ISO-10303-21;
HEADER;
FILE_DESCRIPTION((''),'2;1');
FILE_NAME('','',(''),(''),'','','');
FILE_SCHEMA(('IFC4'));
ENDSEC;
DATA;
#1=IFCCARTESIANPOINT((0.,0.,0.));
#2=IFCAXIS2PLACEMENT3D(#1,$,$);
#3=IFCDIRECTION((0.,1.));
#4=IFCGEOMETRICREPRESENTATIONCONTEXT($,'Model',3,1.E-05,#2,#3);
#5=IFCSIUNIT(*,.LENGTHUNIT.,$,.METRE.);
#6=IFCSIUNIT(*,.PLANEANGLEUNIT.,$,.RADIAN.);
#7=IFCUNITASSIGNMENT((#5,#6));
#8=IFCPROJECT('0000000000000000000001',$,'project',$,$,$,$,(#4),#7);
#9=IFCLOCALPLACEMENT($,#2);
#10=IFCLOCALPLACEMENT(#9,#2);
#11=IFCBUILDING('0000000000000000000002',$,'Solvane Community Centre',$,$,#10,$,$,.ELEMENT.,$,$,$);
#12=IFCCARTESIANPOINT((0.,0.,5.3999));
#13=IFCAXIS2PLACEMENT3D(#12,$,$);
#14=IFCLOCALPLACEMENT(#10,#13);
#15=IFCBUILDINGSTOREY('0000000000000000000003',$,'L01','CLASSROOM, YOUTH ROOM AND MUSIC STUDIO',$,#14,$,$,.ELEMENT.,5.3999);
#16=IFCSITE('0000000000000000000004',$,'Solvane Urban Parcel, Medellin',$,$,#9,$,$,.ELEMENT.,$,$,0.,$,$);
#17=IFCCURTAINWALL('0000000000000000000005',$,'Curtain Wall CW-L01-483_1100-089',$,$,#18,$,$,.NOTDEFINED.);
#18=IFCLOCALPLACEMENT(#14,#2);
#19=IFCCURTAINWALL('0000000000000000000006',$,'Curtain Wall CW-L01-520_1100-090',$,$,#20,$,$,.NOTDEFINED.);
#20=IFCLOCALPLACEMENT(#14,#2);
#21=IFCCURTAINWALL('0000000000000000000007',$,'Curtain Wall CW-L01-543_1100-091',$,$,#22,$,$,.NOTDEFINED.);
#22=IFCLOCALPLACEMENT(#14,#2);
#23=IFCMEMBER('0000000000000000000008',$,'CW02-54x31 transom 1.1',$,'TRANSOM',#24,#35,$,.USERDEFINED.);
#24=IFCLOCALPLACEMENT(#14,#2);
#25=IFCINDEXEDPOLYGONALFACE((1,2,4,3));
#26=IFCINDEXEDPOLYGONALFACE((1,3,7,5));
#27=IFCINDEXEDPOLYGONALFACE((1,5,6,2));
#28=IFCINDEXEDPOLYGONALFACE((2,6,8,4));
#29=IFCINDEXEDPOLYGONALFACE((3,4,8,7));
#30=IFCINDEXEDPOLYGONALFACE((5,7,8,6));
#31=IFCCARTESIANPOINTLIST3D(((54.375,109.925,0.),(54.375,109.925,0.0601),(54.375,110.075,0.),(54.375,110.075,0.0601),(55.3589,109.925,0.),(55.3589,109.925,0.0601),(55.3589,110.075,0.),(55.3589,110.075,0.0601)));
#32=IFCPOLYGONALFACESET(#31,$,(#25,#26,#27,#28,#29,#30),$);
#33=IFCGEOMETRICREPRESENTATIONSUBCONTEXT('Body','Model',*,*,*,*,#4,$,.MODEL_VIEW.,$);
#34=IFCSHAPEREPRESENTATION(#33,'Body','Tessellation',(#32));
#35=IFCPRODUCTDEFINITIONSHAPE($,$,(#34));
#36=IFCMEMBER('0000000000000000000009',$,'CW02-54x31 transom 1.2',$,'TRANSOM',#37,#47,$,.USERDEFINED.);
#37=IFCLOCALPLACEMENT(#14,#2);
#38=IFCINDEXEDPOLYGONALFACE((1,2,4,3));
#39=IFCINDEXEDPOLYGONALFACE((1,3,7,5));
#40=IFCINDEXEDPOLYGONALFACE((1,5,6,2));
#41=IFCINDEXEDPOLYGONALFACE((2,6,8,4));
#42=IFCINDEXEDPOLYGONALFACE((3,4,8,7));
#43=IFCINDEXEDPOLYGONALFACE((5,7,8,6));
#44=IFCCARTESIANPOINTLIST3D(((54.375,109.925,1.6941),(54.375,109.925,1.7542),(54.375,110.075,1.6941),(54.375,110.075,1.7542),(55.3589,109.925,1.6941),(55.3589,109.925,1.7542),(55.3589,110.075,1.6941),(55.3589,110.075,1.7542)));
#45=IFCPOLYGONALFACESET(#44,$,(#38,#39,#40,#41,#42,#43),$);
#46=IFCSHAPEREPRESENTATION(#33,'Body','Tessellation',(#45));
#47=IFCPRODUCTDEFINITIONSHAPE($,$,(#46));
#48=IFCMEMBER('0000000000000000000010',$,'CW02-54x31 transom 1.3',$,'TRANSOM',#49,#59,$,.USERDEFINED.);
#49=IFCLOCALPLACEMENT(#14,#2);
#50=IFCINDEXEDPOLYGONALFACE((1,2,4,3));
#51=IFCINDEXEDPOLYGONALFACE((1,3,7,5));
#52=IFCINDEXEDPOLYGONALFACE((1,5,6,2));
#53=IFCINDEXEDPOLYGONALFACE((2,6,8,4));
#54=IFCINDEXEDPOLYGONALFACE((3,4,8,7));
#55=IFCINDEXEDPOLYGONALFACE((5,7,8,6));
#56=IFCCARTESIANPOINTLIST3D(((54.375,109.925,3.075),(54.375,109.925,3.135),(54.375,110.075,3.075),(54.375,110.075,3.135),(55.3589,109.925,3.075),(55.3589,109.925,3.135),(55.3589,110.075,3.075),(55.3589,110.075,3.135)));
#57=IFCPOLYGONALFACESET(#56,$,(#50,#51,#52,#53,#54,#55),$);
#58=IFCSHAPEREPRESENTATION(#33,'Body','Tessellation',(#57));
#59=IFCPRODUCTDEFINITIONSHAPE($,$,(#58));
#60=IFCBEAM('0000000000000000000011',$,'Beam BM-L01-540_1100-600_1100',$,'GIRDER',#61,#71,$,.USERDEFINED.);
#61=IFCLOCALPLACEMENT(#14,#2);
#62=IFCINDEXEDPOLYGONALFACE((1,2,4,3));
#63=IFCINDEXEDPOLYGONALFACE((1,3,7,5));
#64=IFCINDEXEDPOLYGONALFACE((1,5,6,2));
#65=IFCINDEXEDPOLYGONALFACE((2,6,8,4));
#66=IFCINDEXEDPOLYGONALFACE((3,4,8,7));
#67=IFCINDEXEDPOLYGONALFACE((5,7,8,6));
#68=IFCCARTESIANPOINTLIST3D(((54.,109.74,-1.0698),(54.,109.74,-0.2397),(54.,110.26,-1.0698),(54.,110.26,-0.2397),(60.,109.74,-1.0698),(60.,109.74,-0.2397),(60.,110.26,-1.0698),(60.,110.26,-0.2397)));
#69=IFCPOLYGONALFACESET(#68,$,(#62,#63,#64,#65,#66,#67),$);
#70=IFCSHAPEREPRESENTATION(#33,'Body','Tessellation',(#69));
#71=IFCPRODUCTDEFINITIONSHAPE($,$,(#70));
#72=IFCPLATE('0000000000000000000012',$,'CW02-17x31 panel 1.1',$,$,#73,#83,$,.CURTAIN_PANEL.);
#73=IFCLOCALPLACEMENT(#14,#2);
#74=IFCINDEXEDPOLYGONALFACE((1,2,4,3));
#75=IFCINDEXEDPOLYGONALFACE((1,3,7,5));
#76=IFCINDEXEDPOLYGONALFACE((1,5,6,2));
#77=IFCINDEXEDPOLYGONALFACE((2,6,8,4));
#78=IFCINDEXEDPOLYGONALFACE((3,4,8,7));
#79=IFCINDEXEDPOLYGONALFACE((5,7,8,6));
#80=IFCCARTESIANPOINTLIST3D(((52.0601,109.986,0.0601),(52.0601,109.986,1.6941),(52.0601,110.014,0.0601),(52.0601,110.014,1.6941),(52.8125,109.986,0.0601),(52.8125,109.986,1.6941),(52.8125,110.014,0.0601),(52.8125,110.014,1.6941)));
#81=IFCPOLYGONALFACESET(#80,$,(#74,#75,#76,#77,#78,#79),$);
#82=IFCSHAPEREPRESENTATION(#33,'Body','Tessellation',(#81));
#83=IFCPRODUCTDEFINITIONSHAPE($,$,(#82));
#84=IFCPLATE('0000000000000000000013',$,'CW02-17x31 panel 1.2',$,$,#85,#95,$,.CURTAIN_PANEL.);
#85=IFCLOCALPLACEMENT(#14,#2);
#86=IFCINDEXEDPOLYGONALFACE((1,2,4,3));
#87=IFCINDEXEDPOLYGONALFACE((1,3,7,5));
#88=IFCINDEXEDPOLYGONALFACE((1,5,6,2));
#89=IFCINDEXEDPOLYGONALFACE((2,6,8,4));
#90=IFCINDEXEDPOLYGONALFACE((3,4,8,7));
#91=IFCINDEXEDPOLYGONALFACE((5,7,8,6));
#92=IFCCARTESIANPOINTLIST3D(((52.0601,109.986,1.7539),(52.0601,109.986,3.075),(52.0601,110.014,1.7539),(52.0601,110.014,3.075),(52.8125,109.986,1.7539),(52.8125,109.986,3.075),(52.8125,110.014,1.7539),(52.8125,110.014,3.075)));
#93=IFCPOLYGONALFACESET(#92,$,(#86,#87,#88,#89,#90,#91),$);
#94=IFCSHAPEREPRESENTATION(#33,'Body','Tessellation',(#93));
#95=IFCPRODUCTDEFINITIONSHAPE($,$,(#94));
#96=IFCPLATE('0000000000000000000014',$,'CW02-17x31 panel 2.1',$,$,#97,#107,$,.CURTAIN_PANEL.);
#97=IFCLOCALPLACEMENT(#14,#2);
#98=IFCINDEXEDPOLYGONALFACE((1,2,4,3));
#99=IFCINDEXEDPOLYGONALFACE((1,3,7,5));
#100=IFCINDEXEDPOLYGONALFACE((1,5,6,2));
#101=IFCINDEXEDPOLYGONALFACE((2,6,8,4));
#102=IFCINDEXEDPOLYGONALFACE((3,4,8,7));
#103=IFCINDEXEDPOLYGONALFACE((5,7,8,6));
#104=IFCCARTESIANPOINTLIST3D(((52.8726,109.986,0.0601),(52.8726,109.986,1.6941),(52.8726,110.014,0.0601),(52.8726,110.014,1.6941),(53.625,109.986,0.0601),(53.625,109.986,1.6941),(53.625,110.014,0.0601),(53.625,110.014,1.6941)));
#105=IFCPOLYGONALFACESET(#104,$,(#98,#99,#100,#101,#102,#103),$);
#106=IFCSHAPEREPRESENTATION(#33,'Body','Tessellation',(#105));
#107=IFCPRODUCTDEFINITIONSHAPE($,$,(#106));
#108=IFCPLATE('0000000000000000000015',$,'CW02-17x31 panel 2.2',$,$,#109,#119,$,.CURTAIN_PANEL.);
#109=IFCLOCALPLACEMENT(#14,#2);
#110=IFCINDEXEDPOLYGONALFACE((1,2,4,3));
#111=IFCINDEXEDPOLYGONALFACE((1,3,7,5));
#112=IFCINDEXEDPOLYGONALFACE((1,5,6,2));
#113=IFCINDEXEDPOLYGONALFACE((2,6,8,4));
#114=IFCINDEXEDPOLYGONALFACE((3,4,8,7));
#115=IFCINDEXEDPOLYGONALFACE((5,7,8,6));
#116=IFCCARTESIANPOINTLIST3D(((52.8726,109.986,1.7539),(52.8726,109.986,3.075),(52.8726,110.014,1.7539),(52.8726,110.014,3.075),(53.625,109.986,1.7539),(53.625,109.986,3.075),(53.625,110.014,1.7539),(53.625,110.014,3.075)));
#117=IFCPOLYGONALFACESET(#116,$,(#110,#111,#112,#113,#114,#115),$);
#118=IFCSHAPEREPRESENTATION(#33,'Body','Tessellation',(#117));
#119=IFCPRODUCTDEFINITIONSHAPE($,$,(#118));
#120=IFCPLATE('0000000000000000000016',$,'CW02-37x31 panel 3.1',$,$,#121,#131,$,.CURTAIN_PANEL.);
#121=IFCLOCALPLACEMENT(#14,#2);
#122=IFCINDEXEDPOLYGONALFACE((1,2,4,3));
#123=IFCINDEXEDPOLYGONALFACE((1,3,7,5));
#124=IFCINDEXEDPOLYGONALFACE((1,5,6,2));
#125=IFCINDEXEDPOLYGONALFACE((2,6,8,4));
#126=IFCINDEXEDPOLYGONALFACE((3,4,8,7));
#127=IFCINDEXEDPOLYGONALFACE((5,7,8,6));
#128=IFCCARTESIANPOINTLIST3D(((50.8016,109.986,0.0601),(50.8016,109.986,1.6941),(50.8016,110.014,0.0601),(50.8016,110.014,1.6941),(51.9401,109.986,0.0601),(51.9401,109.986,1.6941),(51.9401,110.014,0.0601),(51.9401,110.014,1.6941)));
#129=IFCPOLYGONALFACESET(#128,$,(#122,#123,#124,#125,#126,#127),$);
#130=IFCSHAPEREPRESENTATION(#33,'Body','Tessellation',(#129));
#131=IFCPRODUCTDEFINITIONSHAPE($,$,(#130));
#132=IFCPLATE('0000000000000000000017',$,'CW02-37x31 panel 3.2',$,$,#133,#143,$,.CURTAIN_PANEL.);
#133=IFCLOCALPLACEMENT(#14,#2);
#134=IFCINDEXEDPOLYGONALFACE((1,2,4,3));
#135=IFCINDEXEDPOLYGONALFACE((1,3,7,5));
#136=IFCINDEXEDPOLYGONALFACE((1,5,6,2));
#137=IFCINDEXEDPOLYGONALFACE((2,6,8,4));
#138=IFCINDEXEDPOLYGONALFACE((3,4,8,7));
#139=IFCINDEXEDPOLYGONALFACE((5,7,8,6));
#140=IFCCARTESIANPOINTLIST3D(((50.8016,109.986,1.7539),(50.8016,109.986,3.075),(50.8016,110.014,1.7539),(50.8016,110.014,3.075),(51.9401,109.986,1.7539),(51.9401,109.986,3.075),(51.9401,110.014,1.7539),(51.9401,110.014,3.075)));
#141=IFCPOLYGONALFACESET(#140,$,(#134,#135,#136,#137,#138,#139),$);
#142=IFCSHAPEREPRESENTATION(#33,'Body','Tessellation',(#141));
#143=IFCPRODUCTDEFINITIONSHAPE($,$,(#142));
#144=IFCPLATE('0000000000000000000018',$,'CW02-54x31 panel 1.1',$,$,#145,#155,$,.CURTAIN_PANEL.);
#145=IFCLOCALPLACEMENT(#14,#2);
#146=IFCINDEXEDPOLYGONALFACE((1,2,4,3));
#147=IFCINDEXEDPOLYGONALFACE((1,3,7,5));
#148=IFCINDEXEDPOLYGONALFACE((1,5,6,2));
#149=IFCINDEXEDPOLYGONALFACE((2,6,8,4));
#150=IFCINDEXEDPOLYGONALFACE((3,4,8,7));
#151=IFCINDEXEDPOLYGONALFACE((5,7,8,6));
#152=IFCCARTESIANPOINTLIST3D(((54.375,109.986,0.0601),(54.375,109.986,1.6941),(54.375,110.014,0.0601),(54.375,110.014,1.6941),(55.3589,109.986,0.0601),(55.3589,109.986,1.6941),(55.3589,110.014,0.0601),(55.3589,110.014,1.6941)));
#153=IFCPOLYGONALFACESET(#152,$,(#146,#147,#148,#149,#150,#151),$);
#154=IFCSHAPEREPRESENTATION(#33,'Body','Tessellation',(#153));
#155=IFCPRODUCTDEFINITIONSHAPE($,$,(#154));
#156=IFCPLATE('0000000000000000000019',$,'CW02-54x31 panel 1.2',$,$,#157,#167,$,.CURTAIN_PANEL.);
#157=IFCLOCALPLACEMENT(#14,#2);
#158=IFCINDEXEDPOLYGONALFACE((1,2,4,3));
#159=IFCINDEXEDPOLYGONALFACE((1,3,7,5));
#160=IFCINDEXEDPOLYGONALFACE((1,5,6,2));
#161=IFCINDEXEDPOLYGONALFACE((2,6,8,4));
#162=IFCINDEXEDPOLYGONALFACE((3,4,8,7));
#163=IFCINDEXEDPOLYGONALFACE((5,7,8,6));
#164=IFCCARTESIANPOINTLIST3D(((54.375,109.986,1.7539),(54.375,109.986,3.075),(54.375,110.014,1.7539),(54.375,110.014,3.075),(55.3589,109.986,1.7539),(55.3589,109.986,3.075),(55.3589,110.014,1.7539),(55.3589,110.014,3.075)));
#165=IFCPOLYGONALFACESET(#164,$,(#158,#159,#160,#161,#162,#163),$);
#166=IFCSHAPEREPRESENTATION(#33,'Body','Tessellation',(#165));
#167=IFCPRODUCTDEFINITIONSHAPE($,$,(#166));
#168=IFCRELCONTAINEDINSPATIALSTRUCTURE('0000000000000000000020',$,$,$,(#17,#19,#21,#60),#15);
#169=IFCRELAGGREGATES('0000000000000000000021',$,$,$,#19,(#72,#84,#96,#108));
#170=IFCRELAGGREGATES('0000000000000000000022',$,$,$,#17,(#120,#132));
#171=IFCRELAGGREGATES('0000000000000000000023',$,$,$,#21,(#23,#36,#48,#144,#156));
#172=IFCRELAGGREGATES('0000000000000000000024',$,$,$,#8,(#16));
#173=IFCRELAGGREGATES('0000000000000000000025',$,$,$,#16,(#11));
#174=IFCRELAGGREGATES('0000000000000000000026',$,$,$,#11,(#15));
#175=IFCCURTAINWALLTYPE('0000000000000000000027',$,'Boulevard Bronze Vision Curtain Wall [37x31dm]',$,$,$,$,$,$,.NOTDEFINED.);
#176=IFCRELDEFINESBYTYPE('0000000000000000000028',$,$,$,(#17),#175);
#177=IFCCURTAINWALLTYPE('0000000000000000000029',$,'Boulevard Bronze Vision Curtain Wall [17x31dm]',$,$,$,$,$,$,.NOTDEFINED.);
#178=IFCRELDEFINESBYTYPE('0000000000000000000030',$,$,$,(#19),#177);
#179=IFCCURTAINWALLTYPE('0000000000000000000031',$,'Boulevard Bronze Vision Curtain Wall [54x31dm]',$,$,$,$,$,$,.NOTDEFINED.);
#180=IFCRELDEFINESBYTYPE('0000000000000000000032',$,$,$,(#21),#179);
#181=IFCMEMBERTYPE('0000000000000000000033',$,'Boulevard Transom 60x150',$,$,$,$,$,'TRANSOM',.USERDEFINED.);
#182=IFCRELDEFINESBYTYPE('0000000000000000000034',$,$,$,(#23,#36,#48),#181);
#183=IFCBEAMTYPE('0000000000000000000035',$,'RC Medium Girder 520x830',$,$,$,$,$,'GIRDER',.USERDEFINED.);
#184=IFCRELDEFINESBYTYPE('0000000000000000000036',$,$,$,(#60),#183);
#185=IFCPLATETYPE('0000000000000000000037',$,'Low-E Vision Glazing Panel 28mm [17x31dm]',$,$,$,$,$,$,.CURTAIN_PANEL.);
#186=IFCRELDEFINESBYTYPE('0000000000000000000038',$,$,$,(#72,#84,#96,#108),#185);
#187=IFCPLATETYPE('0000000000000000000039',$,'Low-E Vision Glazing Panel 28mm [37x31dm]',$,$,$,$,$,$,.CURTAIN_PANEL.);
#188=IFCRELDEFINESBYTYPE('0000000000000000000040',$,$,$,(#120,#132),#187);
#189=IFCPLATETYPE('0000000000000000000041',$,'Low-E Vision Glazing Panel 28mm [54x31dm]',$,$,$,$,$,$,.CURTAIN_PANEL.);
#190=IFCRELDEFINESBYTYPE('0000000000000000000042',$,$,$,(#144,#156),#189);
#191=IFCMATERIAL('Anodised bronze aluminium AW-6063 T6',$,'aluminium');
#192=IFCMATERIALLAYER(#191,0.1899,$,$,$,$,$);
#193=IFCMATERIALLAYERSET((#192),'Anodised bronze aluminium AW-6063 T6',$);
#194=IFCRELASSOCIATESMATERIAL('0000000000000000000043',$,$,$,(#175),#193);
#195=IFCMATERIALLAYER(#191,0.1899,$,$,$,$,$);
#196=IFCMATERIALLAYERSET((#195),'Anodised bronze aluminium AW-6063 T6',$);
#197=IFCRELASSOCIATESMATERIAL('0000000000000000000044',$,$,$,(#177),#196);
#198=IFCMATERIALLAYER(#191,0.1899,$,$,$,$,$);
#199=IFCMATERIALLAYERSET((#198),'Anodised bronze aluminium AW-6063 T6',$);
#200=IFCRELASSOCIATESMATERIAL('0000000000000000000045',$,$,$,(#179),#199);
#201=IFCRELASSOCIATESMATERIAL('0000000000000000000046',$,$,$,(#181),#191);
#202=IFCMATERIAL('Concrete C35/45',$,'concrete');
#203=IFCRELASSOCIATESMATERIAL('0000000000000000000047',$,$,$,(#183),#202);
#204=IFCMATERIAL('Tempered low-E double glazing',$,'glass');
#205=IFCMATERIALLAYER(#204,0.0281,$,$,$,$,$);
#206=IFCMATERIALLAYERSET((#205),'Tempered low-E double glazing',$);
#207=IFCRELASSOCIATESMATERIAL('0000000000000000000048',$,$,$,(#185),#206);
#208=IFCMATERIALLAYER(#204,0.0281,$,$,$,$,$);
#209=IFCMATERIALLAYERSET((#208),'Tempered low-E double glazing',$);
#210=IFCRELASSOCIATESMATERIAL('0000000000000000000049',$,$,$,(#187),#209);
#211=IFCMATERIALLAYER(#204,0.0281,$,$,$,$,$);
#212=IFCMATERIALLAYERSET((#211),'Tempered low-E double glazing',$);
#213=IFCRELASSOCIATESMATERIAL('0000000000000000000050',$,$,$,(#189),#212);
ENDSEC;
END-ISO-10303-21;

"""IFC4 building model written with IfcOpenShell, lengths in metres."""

from ifc_helpers import new_model, si_unit, direction, frame, origin, origin_2d, place, context, subcontext, project, spatial, rectangle, extrude, material, layer, layer_set, material_profile, profile_set, type_object, element, aggregate, save


model = new_model("IFC4")

# Units and contexts
model_context = context("Model", 3, precision=1e-05, world=origin(), true_north=direction((0.0, 1.0)))
body_context = subcontext(model_context, "Body", "Model", "MODEL_VIEW")
ifc_project = project(units=[si_unit("LENGTHUNIT", "METRE"), si_unit("PLANEANGLEUNIT", "RADIAN")], contexts=[model_context])

# Site, building, storey
site_placement = place(None, origin())
site = spatial("IfcSite", under=ifc_project, at=site_placement, Name="Solvane Urban Parcel, Medellin", CompositionType="ELEMENT", RefElevation=0.0)
building_placement = place(site_placement, origin())
building = spatial("IfcBuilding", under=site, at=building_placement, Name="Solvane Community Centre", CompositionType="ELEMENT")
storey_placement = place(building_placement, frame((0.0, 0.0, 5.3999)))
storey = spatial("IfcBuildingStorey", under=building, at=storey_placement, Name="L01", Description="CLASSROOM, YOUTH ROOM AND MUSIC STUDIO", CompositionType="ELEMENT", Elevation=5.3999)

# Shared definitions
ifc_material_1 = material(Name="Concrete C35/45", Category="concrete")

# Curtain wall
ifc_material_2 = material(Name="Anodised bronze aluminium AW-6063 T6", Category="aluminium")
ifc_layer_1 = layer(ifc_material_2, 0.1899)
ifc_layer_set_1 = layer_set([ifc_layer_1], Name="Anodised bronze aluminium AW-6063 T6")
curtain_wall_type_1 = type_object("IfcCurtainWallType", Name="Boulevard Bronze Vision Curtain Wall [37x31dm]", PredefinedType="NOTDEFINED", material=ifc_layer_set_1)
curtain_wall_1_placement = place(storey_placement, origin())
curtain_wall_1 = element("IfcCurtainWall", 1, at=curtain_wall_1_placement, inside=storey, type_object=curtain_wall_type_1, Name="Curtain Wall CW-L01-483_1100-089", PredefinedType="NOTDEFINED")

# Curtain walls
ifc_layer_2 = layer(ifc_material_2, 0.1899)
ifc_layer_set_2 = layer_set([ifc_layer_2], Name="Anodised bronze aluminium AW-6063 T6")
curtain_wall_type_2 = type_object("IfcCurtainWallType", Name="Boulevard Bronze Vision Curtain Wall [17x31dm]", PredefinedType="NOTDEFINED", material=ifc_layer_set_2)
curtain_wall_2_placement = place(storey_placement, origin())
curtain_wall_2 = element("IfcCurtainWall", 2, at=curtain_wall_2_placement, inside=storey, type_object=curtain_wall_type_2, Name="Curtain Wall CW-L01-520_1100-090", PredefinedType="NOTDEFINED")
ifc_layer_3 = layer(ifc_material_2, 0.1899)
ifc_layer_set_3 = layer_set([ifc_layer_3], Name="Anodised bronze aluminium AW-6063 T6")
curtain_wall_type_3 = type_object("IfcCurtainWallType", Name="Boulevard Bronze Vision Curtain Wall [54x31dm]", PredefinedType="NOTDEFINED", material=ifc_layer_set_3)
curtain_wall_3_placement = place(storey_placement, origin())
curtain_wall_3 = element("IfcCurtainWall", 3, at=curtain_wall_3_placement, inside=storey, type_object=curtain_wall_type_3, Name="Curtain Wall CW-L01-543_1100-091", PredefinedType="NOTDEFINED")

# Members
ifc_material_profile_1 = material_profile(ifc_material_2, rectangle(XDim=0.1499, YDim=0.0601, at=origin_2d()), Name="CW-T 60x150")
ifc_profile_set_1 = profile_set([ifc_material_profile_1], Name="Anodised bronze aluminium AW-6063 T6")
member_type_1 = type_object("IfcMemberType", Name="Boulevard Transom 60x150", ElementType="TRANSOM", PredefinedType="USERDEFINED", material=ifc_profile_set_1)
member_1_placement = place(storey_placement, frame((54.375, 110.0, 0.03), z_axis=(1.0, 0.0, 0.0), x_axis=(0.0, 1.0, 0.0)))
member_1 = element("IfcMember", 4, at=member_1_placement, type_object=member_type_1, Name="CW02-54x31 transom 1.1", ObjectType="TRANSOM", PredefinedType="USERDEFINED", context=body_context, shape_type="SweptSolid", body=[
    extrude(rectangle(XDim=0.1499, YDim=0.0601, at=origin_2d()), origin(), (0.0, 0.0, 1.0), 0.9839),
])
member_2_placement = place(storey_placement, frame((54.375, 110.0, 1.7241), z_axis=(1.0, 0.0, 0.0), x_axis=(0.0, 1.0, 0.0)))
member_2 = element("IfcMember", 5, at=member_2_placement, type_object=member_type_1, Name="CW02-54x31 transom 1.2", ObjectType="TRANSOM", PredefinedType="USERDEFINED", context=body_context, shape_type="SweptSolid", body=[
    extrude(rectangle(XDim=0.1499, YDim=0.0601, at=origin_2d()), origin(), (0.0, 0.0, 1.0), 0.9839),
])
member_3_placement = place(storey_placement, frame((54.375, 110.0, 3.105), z_axis=(1.0, 0.0, 0.0), x_axis=(0.0, 1.0, 0.0)))
member_3 = element("IfcMember", 6, at=member_3_placement, type_object=member_type_1, Name="CW02-54x31 transom 1.3", ObjectType="TRANSOM", PredefinedType="USERDEFINED", context=body_context, shape_type="SweptSolid", body=[
    extrude(rectangle(XDim=0.1499, YDim=0.0601, at=origin_2d()), origin(), (0.0, 0.0, 1.0), 0.9839),
])

# Beam
ifc_material_profile_2 = material_profile(ifc_material_1, rectangle(XDim=0.52, YDim=0.8301, at=origin_2d()), Name="RC 520x830")
ifc_profile_set_2 = profile_set([ifc_material_profile_2], Name="Concrete C35/45")
beam_type = type_object("IfcBeamType", Name="RC Medium Girder 520x830", ElementType="GIRDER", PredefinedType="USERDEFINED", material=ifc_profile_set_2)
beam_placement = place(storey_placement, frame((54.0, 110.0, -0.6548), z_axis=(1.0, 0.0, 0.0), x_axis=(0.0, 1.0, 0.0)))
element("IfcBeam", 7, at=beam_placement, inside=storey, type_object=beam_type, Name="Beam BM-L01-540_1100-600_1100", ObjectType="GIRDER", PredefinedType="USERDEFINED", context=body_context, shape_type="SweptSolid", body=[
    extrude(rectangle(XDim=0.52, YDim=0.8301, at=origin_2d()), origin(), (0.0, 0.0, 1.0), 6.0),
])

# Plates
ifc_material_3 = material(Name="Tempered low-E double glazing", Category="glass")
ifc_layer_4 = layer(ifc_material_3, 0.0281)
ifc_layer_set_4 = layer_set([ifc_layer_4], Name="Tempered low-E double glazing")
plate_type_1 = type_object("IfcPlateType", Name="Low-E Vision Glazing Panel 28mm [17x31dm]", PredefinedType="CURTAIN_PANEL", material=ifc_layer_set_4)
plate_1_placement = place(storey_placement, frame((52.4363, 110.0, 0.0601), z_axis=(0.0, 0.0, 1.0), x_axis=(1.0, 0.0, 0.0)))
plate_1 = element("IfcPlate", 8, at=plate_1_placement, type_object=plate_type_1, Name="CW02-17x31 panel 1.1", PredefinedType="CURTAIN_PANEL", context=body_context, shape_type="SweptSolid", body=[
    extrude(rectangle(XDim=0.7524, YDim=0.0281, at=origin_2d()), origin(), (0.0, 0.0, 1.0), 1.634),
])
plate_2_placement = place(storey_placement, frame((52.4363, 110.0, 1.7539), z_axis=(0.0, 0.0, 1.0), x_axis=(1.0, 0.0, 0.0)))
plate_2 = element("IfcPlate", 9, at=plate_2_placement, type_object=plate_type_1, Name="CW02-17x31 panel 1.2", PredefinedType="CURTAIN_PANEL", context=body_context, shape_type="SweptSolid", body=[
    extrude(rectangle(XDim=0.7524, YDim=0.0281, at=origin_2d()), origin(), (0.0, 0.0, 1.0), 1.321),
])
plate_3_placement = place(storey_placement, frame((53.2488, 110.0, 0.0601), z_axis=(0.0, 0.0, 1.0), x_axis=(1.0, 0.0, 0.0)))
plate_3 = element("IfcPlate", 10, at=plate_3_placement, type_object=plate_type_1, Name="CW02-17x31 panel 2.1", PredefinedType="CURTAIN_PANEL", context=body_context, shape_type="SweptSolid", body=[
    extrude(rectangle(XDim=0.7524, YDim=0.0281, at=origin_2d()), origin(), (0.0, 0.0, 1.0), 1.634),
])
plate_4_placement = place(storey_placement, frame((53.2488, 110.0, 1.7539), z_axis=(0.0, 0.0, 1.0), x_axis=(1.0, 0.0, 0.0)))
plate_4 = element("IfcPlate", 11, at=plate_4_placement, type_object=plate_type_1, Name="CW02-17x31 panel 2.2", PredefinedType="CURTAIN_PANEL", context=body_context, shape_type="SweptSolid", body=[
    extrude(rectangle(XDim=0.7524, YDim=0.0281, at=origin_2d()), origin(), (0.0, 0.0, 1.0), 1.321),
])
aggregate(curtain_wall_2, [plate_1, plate_2, plate_3, plate_4])
ifc_layer_5 = layer(ifc_material_3, 0.0281)
ifc_layer_set_5 = layer_set([ifc_layer_5], Name="Tempered low-E double glazing")
plate_type_2 = type_object("IfcPlateType", Name="Low-E Vision Glazing Panel 28mm [37x31dm]", PredefinedType="CURTAIN_PANEL", material=ifc_layer_set_5)
plate_5_placement = place(storey_placement, frame((51.3708, 110.0, 0.0601), z_axis=(0.0, 0.0, 1.0), x_axis=(1.0, 0.0, 0.0)))
plate_5 = element("IfcPlate", 12, at=plate_5_placement, type_object=plate_type_2, Name="CW02-37x31 panel 3.1", PredefinedType="CURTAIN_PANEL", context=body_context, shape_type="SweptSolid", body=[
    extrude(rectangle(XDim=1.1384, YDim=0.0281, at=origin_2d()), origin(), (0.0, 0.0, 1.0), 1.634),
])
plate_6_placement = place(storey_placement, frame((51.3708, 110.0, 1.7539), z_axis=(0.0, 0.0, 1.0), x_axis=(1.0, 0.0, 0.0)))
plate_6 = element("IfcPlate", 13, at=plate_6_placement, type_object=plate_type_2, Name="CW02-37x31 panel 3.2", PredefinedType="CURTAIN_PANEL", context=body_context, shape_type="SweptSolid", body=[
    extrude(rectangle(XDim=1.1384, YDim=0.0281, at=origin_2d()), origin(), (0.0, 0.0, 1.0), 1.321),
])
aggregate(curtain_wall_1, [plate_5, plate_6])
ifc_layer_6 = layer(ifc_material_3, 0.0281)
ifc_layer_set_6 = layer_set([ifc_layer_6], Name="Tempered low-E double glazing")
plate_type_3 = type_object("IfcPlateType", Name="Low-E Vision Glazing Panel 28mm [54x31dm]", PredefinedType="CURTAIN_PANEL", material=ifc_layer_set_6)
plate_7_placement = place(storey_placement, frame((54.8669, 110.0, 0.0601), z_axis=(0.0, 0.0, 1.0), x_axis=(1.0, 0.0, 0.0)))
plate_7 = element("IfcPlate", 14, at=plate_7_placement, type_object=plate_type_3, Name="CW02-54x31 panel 1.1", PredefinedType="CURTAIN_PANEL", context=body_context, shape_type="SweptSolid", body=[
    extrude(rectangle(XDim=0.9839, YDim=0.0281, at=origin_2d()), origin(), (0.0, 0.0, 1.0), 1.634),
])
plate_8_placement = place(storey_placement, frame((54.8669, 110.0, 1.7539), z_axis=(0.0, 0.0, 1.0), x_axis=(1.0, 0.0, 0.0)))
plate_8 = element("IfcPlate", 15, at=plate_8_placement, type_object=plate_type_3, Name="CW02-54x31 panel 1.2", PredefinedType="CURTAIN_PANEL", context=body_context, shape_type="SweptSolid", body=[
    extrude(rectangle(XDim=0.9839, YDim=0.0281, at=origin_2d()), origin(), (0.0, 0.0, 1.0), 1.321),
])
aggregate(curtain_wall_3, [member_1, member_2, member_3, plate_7, plate_8])

save(model, "model.ifc")
